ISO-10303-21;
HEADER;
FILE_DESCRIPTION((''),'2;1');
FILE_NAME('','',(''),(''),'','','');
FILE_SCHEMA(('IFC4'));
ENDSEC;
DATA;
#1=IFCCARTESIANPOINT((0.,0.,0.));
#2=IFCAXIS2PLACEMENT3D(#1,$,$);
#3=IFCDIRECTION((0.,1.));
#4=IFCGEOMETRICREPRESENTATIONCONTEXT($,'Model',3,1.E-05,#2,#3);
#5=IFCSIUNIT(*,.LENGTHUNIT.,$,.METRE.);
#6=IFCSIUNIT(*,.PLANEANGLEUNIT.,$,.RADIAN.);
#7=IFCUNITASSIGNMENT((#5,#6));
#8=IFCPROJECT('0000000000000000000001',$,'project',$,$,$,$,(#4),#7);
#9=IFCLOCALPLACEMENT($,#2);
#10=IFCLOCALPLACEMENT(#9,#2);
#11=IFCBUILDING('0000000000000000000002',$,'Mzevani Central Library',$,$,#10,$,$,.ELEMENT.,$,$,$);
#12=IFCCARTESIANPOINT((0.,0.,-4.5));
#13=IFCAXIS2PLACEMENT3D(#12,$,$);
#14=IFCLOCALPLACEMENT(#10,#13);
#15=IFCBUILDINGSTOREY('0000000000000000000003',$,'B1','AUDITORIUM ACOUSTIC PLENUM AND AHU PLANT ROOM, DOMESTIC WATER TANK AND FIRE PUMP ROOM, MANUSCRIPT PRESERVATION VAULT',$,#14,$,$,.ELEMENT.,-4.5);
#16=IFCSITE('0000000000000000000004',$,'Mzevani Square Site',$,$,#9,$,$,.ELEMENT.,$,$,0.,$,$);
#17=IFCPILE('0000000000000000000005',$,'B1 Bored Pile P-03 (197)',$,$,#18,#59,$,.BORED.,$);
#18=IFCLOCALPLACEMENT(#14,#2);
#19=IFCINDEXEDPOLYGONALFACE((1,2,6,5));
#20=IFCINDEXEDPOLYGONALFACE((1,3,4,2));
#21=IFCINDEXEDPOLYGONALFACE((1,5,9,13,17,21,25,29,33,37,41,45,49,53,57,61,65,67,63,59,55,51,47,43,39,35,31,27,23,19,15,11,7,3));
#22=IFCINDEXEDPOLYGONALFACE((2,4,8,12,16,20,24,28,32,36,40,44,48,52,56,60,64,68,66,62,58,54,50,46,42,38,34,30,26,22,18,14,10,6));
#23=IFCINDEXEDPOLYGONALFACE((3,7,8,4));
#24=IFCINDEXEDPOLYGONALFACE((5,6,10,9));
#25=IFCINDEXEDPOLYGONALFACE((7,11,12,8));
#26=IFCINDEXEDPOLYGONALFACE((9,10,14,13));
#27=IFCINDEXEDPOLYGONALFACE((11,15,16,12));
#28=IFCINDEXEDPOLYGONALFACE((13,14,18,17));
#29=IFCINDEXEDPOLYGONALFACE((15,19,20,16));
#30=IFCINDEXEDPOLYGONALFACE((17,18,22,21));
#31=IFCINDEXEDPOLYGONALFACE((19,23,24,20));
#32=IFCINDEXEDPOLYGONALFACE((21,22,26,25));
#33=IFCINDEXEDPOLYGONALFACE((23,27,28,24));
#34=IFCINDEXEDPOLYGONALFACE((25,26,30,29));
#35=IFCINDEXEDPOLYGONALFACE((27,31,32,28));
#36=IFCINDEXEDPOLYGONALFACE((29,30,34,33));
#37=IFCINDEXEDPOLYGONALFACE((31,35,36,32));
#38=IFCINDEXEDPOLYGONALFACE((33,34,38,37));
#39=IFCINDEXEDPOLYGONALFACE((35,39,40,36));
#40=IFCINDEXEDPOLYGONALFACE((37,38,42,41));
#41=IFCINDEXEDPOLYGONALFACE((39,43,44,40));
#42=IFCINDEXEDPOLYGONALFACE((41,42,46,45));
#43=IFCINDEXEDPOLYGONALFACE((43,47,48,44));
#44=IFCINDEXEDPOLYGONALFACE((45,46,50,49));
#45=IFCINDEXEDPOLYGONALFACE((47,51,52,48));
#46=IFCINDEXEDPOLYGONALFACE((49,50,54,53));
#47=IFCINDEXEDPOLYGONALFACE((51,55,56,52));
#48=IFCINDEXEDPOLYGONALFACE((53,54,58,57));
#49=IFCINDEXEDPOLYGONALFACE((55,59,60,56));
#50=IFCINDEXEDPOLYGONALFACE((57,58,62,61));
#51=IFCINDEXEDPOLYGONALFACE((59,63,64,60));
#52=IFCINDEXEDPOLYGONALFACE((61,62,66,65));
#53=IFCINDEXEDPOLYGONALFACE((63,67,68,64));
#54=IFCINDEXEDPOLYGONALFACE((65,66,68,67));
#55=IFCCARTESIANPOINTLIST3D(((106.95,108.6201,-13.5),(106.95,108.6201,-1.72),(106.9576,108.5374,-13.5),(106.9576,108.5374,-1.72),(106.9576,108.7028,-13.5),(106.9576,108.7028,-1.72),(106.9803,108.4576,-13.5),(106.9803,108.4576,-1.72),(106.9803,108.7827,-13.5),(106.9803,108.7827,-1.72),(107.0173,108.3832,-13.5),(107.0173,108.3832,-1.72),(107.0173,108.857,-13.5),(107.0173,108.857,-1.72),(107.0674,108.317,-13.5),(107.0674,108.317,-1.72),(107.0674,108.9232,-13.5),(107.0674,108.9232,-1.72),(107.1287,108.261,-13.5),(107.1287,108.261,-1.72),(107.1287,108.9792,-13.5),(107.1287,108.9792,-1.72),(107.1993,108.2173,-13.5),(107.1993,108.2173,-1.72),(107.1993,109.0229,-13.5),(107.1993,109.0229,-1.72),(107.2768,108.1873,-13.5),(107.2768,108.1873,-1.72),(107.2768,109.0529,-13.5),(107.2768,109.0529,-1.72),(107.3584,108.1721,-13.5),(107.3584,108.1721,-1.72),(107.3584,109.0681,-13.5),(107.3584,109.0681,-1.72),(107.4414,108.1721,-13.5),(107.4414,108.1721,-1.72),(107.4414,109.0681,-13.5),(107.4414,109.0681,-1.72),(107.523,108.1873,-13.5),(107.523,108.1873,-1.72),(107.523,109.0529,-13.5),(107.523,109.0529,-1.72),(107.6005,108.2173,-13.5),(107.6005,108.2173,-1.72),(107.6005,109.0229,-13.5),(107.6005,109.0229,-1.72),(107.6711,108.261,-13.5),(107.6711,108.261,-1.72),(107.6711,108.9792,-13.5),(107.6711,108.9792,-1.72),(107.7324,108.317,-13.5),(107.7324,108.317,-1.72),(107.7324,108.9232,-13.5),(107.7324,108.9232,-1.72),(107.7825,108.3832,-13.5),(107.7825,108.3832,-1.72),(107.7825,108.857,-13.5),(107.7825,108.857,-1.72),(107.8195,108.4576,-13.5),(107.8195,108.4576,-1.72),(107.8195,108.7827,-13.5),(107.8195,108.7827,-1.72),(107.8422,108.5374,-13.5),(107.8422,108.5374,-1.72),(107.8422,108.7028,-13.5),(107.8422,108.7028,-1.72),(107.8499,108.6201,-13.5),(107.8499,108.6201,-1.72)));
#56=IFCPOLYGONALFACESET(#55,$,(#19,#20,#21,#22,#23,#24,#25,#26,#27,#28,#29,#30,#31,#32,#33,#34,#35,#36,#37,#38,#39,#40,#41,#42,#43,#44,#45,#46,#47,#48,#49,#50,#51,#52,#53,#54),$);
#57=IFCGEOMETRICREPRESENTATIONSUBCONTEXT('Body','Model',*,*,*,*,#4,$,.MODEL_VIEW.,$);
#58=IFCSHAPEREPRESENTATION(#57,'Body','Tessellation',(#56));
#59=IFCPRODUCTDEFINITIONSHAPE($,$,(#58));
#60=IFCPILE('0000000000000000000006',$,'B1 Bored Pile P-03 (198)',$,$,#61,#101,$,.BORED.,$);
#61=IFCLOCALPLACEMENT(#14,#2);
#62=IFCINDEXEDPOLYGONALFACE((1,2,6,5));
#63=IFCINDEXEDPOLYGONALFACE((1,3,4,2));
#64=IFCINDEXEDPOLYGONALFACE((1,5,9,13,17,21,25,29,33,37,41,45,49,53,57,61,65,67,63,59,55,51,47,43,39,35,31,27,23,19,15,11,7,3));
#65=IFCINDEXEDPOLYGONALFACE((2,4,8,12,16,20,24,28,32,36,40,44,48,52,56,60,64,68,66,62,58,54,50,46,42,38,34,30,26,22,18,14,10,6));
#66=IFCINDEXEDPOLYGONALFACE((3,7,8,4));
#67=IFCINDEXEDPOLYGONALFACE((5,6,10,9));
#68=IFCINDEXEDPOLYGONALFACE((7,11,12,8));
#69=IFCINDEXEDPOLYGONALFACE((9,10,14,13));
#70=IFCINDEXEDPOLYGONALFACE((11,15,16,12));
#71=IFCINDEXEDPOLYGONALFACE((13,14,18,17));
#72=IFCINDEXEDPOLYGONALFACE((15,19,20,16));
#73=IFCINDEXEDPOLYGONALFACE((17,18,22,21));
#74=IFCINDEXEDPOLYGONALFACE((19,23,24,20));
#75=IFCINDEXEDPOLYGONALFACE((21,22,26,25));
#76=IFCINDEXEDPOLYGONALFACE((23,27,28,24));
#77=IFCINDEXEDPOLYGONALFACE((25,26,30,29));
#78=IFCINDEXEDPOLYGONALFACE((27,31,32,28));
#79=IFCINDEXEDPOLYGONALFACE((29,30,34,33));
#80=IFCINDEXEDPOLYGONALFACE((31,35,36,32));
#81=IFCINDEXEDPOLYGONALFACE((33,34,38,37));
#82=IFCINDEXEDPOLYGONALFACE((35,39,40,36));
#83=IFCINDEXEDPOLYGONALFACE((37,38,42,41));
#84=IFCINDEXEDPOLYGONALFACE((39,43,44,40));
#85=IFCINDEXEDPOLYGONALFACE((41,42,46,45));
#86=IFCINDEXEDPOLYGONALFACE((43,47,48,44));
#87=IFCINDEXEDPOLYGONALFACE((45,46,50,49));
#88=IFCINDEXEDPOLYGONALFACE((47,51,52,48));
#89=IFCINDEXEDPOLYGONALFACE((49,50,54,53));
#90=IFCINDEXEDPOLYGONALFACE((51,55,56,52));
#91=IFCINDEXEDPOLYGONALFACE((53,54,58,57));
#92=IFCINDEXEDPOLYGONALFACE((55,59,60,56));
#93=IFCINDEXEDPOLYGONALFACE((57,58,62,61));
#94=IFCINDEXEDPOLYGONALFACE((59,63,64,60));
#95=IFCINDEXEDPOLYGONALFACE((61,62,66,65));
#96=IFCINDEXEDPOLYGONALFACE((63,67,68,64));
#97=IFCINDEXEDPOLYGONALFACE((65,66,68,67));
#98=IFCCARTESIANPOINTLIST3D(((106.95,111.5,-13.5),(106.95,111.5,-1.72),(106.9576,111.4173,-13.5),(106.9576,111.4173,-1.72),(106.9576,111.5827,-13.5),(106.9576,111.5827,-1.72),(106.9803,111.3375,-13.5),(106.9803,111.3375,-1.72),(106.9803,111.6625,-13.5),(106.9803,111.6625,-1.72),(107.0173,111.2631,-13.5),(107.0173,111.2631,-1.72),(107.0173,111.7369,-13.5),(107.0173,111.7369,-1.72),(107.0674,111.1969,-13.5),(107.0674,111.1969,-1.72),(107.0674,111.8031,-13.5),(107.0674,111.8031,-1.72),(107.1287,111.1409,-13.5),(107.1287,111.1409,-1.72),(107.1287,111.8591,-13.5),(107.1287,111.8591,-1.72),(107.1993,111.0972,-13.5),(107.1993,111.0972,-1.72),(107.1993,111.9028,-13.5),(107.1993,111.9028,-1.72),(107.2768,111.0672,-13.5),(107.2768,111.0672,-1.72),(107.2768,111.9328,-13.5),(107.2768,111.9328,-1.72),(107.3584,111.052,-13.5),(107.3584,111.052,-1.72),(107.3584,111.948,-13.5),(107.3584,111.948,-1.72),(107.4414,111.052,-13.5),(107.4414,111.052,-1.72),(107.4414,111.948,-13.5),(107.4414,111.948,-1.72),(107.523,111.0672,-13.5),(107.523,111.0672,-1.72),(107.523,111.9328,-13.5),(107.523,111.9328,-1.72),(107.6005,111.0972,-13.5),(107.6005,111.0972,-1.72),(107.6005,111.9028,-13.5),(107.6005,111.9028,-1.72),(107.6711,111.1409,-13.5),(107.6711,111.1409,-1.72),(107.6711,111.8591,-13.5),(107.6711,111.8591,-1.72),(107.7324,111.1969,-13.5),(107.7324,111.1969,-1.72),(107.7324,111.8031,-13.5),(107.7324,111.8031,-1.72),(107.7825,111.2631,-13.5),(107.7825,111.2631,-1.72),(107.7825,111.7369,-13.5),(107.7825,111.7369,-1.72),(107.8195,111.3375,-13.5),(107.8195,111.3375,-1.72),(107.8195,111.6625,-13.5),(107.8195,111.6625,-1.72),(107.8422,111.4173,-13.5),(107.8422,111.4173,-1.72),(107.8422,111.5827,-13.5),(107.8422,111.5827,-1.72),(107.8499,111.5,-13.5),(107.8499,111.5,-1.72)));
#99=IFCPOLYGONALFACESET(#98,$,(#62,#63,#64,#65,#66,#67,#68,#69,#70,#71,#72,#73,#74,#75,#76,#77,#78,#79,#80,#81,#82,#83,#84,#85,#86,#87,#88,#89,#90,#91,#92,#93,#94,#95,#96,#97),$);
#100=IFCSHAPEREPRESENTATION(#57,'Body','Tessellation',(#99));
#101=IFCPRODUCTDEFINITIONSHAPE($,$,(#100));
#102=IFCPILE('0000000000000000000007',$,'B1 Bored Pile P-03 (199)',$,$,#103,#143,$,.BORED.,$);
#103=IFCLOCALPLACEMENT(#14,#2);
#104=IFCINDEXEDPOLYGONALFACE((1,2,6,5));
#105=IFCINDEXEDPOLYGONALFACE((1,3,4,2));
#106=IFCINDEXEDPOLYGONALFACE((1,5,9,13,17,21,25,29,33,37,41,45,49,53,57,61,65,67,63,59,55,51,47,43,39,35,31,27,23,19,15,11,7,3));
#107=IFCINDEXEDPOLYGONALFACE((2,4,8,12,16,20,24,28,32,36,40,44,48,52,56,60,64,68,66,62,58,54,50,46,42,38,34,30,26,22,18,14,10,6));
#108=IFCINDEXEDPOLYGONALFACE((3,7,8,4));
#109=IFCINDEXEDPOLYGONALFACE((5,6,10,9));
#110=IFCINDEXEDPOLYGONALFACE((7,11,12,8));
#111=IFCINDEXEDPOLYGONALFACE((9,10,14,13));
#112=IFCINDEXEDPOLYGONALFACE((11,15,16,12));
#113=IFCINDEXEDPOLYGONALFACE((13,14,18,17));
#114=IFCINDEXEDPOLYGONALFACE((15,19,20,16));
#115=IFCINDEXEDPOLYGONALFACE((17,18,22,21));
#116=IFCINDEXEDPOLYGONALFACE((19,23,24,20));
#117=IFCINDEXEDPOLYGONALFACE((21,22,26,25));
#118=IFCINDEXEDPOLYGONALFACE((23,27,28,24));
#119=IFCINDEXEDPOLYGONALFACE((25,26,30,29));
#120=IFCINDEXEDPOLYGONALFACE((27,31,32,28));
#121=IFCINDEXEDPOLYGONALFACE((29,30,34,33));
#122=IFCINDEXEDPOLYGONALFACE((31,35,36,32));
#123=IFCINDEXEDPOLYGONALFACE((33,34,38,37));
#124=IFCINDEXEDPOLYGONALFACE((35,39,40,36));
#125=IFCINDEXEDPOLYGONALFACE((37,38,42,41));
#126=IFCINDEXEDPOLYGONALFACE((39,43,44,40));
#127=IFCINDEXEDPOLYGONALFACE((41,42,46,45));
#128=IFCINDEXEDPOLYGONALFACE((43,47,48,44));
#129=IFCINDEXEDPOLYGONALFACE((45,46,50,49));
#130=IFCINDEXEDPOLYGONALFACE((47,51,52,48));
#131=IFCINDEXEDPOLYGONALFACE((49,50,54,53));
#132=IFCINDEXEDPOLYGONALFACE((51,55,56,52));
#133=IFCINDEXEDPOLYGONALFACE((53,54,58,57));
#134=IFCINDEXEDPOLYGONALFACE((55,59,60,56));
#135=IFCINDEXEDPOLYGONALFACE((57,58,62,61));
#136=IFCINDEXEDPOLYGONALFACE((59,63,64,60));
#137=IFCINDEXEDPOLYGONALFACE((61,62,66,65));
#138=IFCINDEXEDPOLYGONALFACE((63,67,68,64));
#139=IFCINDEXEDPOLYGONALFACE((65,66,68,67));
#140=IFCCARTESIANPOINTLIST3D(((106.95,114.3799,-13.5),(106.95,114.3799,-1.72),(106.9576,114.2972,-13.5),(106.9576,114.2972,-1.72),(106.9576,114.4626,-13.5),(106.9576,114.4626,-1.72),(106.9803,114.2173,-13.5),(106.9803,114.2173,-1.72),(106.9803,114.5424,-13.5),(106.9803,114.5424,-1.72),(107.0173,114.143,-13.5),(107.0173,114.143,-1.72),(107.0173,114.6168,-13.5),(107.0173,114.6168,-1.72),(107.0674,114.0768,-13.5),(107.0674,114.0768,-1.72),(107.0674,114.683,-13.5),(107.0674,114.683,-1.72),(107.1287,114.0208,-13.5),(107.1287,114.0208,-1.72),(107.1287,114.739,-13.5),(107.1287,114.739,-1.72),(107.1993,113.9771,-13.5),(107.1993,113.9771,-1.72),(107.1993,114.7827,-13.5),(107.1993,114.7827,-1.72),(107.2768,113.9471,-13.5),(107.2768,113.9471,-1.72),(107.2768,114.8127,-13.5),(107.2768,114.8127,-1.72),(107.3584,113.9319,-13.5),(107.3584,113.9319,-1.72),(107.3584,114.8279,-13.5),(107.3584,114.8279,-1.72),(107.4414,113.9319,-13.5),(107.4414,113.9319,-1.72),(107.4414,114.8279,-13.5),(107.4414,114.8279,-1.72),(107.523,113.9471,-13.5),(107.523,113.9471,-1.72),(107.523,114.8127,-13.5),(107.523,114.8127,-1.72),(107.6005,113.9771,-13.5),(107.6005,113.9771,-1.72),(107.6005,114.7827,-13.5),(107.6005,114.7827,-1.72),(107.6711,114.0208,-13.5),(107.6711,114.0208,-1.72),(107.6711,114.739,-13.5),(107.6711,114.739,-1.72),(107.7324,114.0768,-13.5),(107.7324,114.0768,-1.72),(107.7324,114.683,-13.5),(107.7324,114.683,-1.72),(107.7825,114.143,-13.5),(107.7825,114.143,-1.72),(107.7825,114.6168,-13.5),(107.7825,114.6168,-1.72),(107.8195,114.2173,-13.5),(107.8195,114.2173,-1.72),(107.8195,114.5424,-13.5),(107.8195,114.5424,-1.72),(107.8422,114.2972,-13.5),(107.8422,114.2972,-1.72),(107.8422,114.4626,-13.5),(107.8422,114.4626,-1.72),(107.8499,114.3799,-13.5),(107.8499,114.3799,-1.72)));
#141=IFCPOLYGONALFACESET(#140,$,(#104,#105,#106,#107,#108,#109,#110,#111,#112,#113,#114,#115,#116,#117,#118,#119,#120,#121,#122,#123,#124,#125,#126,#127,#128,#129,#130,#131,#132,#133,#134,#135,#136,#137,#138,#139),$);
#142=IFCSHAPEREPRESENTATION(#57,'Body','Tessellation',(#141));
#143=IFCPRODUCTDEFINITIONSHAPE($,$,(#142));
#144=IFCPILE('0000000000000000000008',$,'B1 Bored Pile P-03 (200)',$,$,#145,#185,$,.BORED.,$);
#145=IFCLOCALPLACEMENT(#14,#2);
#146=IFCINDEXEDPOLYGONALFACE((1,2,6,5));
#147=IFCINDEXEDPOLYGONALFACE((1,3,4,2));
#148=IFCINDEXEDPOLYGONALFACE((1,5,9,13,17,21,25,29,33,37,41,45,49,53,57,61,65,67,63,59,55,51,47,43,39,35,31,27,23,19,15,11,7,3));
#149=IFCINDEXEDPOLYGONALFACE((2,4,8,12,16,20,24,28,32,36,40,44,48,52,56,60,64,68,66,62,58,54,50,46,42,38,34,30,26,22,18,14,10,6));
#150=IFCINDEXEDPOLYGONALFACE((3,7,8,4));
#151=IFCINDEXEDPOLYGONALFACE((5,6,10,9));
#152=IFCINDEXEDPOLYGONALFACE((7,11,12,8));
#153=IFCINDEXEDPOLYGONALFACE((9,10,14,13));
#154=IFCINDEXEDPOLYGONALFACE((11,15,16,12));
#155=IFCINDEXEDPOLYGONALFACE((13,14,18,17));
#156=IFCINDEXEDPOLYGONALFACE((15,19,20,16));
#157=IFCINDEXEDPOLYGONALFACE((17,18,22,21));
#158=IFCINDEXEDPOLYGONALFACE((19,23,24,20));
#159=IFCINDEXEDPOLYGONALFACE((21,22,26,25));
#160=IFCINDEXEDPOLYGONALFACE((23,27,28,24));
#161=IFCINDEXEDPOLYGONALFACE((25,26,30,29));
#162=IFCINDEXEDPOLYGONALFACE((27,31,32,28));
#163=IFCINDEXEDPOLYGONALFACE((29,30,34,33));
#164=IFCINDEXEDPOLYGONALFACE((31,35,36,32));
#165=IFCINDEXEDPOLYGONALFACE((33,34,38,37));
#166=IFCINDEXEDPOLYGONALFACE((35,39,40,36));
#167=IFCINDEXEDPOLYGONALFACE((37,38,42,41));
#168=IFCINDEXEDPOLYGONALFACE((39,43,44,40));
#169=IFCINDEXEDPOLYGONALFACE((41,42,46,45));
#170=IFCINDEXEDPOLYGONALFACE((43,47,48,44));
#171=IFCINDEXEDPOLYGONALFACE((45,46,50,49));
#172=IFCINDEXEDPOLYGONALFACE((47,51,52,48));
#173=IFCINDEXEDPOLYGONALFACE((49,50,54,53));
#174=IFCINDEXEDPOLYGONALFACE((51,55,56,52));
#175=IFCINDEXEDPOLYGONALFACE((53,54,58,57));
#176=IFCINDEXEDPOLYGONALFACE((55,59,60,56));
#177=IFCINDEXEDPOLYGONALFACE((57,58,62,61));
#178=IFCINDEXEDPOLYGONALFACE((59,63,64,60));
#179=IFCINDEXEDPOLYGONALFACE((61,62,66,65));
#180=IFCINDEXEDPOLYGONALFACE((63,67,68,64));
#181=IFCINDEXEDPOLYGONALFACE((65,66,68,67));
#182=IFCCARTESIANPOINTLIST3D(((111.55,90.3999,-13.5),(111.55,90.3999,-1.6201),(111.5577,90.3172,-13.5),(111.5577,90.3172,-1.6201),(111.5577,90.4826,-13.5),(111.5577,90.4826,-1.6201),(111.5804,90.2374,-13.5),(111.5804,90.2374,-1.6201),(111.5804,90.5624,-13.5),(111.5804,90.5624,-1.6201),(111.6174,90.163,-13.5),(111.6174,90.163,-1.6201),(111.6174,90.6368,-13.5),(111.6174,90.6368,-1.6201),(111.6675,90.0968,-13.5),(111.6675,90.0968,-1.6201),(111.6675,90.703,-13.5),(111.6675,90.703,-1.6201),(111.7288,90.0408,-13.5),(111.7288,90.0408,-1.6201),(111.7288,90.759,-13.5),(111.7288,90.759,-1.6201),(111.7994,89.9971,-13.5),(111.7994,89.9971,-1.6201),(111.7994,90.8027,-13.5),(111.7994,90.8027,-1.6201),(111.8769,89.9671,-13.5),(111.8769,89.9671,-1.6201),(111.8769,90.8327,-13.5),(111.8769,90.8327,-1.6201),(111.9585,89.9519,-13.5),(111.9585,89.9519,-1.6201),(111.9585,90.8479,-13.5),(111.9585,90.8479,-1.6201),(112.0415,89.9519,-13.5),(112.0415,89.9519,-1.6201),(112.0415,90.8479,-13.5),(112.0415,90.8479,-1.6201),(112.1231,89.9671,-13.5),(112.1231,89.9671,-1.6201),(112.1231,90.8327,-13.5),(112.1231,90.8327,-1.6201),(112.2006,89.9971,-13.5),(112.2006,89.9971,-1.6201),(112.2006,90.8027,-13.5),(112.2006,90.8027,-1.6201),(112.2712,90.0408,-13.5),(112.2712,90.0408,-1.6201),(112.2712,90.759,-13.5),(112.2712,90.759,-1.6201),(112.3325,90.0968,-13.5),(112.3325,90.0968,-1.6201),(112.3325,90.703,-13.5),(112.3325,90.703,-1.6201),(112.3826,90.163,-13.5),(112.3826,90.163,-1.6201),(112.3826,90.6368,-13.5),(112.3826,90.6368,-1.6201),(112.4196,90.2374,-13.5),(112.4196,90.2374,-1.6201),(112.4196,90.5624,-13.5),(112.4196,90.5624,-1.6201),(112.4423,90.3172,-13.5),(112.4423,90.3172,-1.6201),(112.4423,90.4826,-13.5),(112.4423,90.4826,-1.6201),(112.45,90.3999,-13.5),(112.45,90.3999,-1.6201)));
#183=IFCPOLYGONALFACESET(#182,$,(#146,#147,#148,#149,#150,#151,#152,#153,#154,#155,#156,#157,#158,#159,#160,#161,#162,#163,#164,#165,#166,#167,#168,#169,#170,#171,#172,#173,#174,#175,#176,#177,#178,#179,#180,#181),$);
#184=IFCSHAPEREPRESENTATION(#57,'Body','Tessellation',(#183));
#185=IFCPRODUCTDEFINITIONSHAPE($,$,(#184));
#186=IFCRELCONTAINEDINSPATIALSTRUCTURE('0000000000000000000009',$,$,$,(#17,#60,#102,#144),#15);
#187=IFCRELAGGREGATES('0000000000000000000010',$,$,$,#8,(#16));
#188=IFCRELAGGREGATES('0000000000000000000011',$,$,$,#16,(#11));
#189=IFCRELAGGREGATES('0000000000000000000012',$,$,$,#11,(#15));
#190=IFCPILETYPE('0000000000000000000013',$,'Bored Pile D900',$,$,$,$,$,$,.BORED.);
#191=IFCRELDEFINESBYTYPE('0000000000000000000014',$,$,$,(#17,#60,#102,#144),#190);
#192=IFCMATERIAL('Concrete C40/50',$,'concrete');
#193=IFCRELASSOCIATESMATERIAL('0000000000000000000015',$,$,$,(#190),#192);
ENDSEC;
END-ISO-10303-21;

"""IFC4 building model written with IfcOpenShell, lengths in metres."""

from ifc_helpers import new_model, si_unit, direction, frame, origin, origin_2d, place, context, subcontext, project, spatial, circle, extrude, material, material_profile, profile_set, type_object, element, save


model = new_model("IFC4")

# Units and contexts
model_context = context("Model", 3, precision=1e-05, world=origin(), true_north=direction((0.0, 1.0)))
body_context = subcontext(model_context, "Body", "Model", "MODEL_VIEW")
ifc_project = project(units=[si_unit("LENGTHUNIT", "METRE"), si_unit("PLANEANGLEUNIT", "RADIAN")], contexts=[model_context])

# Site, building, storey
site_placement = place(None, origin())
site = spatial("IfcSite", under=ifc_project, at=site_placement, Name="Mzevani Square Site", CompositionType="ELEMENT", RefElevation=0.0)
building_placement = place(site_placement, origin())
building = spatial("IfcBuilding", under=site, at=building_placement, Name="Mzevani Central Library", CompositionType="ELEMENT")
storey_placement = place(building_placement, frame((0.0, 0.0, -4.5)))
storey = spatial("IfcBuildingStorey", under=building, at=storey_placement, Name="B1", Description="AUDITORIUM ACOUSTIC PLENUM AND AHU PLANT ROOM, DOMESTIC WATER TANK AND FIRE PUMP ROOM, MANUSCRIPT PRESERVATION VAULT", CompositionType="ELEMENT", Elevation=-4.5)

# Piles
ifc_material = material(Name="Concrete C40/50", Category="concrete")
ifc_material_profile_1 = material_profile(ifc_material, circle(Radius=0.45, at=origin_2d()), Name="PILE D900")
ifc_profile_set_1 = profile_set([ifc_material_profile_1], Name="Concrete C40/50")
pile_type_1 = type_object("IfcPileType", Name="Bored Pile D900", PredefinedType="BORED", material=ifc_profile_set_1)
for number, where, z_axis, x_axis, name in (
    (1, (107.3999, 108.6201, -1.72), (0.0, 0.0, -1.0), (1.0, 0.0, 0.0), "B1 Bored Pile P-03 (197)"),
    (2, (107.3999, 111.5, -1.72), (0.0, 0.0, -1.0), (1.0, 0.0, 0.0), "B1 Bored Pile P-03 (198)"),
    (3, (107.3999, 114.3799, -1.72), (0.0, 0.0, -1.0), (1.0, 0.0, 0.0), "B1 Bored Pile P-03 (199)"),
):
    element("IfcPile", number, at=place(storey_placement, frame(where, z_axis=z_axis, x_axis=x_axis)), inside=storey, type_object=pile_type_1, Name=name, PredefinedType="BORED", context=body_context, shape_type="SweptSolid", body=[
        extrude(circle(Radius=0.45, at=origin_2d()), origin(), (0.0, 0.0, 1.0), 11.78),
    ])
for number, where, z_axis, x_axis, name in (
    (4, (112.0, 90.3999, -1.6201), (0.0, 0.0, -1.0), (1.0, 0.0, 0.0), "B1 Bored Pile P-03 (200)"),
):
    element("IfcPile", number, at=place(storey_placement, frame(where, z_axis=z_axis, x_axis=x_axis)), inside=storey, type_object=pile_type_1, Name=name, PredefinedType="BORED", context=body_context, shape_type="SweptSolid", body=[
        extrude(circle(Radius=0.45, at=origin_2d()), origin(), (0.0, 0.0, 1.0), 11.8799),
    ])

save(model, "model.ifc")
